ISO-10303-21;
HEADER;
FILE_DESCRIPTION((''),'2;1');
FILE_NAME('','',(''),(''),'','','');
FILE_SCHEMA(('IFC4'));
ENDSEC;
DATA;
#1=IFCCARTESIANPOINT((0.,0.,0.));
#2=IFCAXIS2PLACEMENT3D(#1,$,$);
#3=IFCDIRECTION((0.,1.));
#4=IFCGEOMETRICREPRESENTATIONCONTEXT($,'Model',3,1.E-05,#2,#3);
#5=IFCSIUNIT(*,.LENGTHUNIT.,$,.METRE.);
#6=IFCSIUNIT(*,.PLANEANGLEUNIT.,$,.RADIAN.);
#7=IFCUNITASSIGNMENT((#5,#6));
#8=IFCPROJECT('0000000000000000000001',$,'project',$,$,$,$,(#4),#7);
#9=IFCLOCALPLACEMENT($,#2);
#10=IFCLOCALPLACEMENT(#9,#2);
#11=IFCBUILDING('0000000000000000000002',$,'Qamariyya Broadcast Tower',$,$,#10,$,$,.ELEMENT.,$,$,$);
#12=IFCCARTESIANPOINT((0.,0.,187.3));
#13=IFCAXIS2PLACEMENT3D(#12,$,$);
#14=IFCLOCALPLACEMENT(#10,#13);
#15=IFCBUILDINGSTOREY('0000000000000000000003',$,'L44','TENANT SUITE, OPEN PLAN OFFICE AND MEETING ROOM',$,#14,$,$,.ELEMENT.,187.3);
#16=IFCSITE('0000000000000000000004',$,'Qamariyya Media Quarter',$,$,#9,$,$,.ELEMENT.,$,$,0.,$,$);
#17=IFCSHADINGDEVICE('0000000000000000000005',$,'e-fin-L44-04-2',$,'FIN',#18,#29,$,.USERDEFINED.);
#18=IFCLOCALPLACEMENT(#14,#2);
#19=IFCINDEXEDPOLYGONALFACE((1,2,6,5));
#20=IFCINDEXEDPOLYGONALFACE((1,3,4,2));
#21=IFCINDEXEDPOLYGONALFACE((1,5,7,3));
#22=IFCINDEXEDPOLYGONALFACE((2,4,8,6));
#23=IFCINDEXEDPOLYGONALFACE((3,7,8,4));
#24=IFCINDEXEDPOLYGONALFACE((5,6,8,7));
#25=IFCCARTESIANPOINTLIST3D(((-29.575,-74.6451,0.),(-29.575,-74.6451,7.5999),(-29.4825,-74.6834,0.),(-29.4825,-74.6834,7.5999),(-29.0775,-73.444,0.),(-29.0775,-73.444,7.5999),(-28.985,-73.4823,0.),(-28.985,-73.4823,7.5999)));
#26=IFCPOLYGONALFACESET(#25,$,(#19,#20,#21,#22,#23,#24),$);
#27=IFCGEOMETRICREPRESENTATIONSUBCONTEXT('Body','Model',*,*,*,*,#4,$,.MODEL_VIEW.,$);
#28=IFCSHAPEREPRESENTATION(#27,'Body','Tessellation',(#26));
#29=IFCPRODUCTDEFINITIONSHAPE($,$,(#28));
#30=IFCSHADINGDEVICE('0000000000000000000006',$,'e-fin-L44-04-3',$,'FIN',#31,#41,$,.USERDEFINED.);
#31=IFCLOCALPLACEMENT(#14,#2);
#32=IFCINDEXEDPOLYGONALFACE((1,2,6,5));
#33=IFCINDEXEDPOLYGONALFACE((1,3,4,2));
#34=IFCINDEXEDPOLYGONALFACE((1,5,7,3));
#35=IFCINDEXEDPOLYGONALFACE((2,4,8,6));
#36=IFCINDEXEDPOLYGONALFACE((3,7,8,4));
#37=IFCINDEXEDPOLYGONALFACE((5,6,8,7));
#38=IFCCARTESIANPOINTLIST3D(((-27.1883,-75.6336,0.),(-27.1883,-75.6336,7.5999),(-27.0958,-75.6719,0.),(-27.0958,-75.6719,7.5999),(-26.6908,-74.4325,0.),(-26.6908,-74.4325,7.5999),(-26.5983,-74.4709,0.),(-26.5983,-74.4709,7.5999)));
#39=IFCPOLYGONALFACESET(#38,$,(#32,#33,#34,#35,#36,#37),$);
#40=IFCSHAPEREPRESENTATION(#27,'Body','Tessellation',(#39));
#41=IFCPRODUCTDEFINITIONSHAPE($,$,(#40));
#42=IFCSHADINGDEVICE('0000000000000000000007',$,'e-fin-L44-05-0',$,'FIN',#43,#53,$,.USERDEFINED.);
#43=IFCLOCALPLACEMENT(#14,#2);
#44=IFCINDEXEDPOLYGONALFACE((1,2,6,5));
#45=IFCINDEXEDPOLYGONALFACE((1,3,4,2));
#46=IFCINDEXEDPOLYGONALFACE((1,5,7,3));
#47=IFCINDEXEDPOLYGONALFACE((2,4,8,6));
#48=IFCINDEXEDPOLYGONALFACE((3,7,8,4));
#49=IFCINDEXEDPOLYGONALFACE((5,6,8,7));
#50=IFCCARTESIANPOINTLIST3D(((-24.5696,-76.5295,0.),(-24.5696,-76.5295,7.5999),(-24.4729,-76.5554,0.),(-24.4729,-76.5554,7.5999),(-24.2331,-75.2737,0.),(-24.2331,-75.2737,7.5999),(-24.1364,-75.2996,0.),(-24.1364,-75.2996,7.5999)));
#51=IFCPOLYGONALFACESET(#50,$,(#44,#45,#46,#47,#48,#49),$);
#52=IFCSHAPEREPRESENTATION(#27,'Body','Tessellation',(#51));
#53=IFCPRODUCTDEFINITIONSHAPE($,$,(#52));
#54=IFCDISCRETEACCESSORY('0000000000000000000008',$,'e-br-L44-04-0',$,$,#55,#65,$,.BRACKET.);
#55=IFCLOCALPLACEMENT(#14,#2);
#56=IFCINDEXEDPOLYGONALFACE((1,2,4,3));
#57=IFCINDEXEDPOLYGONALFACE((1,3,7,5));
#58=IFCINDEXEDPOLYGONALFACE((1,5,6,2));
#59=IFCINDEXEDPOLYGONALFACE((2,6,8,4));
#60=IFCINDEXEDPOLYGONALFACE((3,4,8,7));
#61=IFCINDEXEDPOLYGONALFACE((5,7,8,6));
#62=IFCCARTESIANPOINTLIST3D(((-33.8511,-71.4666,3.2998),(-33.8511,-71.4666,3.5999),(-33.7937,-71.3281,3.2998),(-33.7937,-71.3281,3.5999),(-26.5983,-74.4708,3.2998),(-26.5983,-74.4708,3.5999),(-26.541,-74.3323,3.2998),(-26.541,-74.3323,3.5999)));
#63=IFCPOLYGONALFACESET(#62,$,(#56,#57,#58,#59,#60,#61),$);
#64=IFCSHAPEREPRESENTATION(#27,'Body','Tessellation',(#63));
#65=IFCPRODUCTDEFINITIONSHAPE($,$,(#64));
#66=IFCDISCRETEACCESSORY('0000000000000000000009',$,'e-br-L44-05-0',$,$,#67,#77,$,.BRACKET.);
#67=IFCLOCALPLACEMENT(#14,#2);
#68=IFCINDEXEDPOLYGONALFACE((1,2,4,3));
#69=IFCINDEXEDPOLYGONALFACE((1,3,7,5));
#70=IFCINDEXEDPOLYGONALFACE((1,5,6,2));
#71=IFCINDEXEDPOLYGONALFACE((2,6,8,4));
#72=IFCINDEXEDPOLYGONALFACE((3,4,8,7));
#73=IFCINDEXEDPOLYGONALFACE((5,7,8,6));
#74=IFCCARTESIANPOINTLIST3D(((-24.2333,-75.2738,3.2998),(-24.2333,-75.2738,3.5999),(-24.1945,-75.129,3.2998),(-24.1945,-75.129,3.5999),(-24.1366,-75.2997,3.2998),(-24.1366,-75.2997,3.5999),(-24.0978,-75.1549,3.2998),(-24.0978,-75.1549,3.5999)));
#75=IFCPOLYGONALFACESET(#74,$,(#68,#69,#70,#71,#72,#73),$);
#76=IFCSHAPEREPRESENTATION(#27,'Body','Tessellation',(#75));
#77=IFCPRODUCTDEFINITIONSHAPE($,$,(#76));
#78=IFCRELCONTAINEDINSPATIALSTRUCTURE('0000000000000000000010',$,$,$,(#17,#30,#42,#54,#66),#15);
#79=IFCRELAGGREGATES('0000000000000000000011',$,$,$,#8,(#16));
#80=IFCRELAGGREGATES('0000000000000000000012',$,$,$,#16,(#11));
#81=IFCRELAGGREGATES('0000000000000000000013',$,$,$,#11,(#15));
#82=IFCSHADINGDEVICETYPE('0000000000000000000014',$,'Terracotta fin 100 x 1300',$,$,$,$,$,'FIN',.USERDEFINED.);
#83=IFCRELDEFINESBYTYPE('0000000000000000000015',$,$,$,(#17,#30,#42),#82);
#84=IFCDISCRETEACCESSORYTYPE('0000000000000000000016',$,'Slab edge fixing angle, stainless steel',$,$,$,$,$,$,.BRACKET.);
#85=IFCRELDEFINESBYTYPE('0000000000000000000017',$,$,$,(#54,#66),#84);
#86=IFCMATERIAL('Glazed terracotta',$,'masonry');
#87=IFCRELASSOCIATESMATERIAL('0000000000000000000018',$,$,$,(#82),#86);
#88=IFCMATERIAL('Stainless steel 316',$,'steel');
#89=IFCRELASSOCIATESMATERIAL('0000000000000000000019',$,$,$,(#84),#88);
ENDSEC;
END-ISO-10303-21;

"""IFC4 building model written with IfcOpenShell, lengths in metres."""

from ifc_helpers import new_model, si_unit, direction, frame, origin, origin_2d, place, context, subcontext, project, spatial, rectangle, extrude, material, material_profile, profile_set, type_object, element, save


model = new_model("IFC4")

# Units and contexts
model_context = context("Model", 3, precision=1e-05, world=origin(), true_north=direction((0.0, 1.0)))
body_context = subcontext(model_context, "Body", "Model", "MODEL_VIEW")
ifc_project = project(units=[si_unit("LENGTHUNIT", "METRE"), si_unit("PLANEANGLEUNIT", "RADIAN")], contexts=[model_context])

# Site, building, storey
site_placement = place(None, origin())
site = spatial("IfcSite", under=ifc_project, at=site_placement, Name="Qamariyya Media Quarter", CompositionType="ELEMENT", RefElevation=0.0)
building_placement = place(site_placement, origin())
building = spatial("IfcBuilding", under=site, at=building_placement, Name="Qamariyya Broadcast Tower", CompositionType="ELEMENT")
storey_placement = place(building_placement, frame((0.0, 0.0, 187.3)))
storey = spatial("IfcBuildingStorey", under=building, at=storey_placement, Name="L44", Description="TENANT SUITE, OPEN PLAN OFFICE AND MEETING ROOM", CompositionType="ELEMENT", Elevation=187.3)

# Shading devices
ifc_material_1 = material(Name="Glazed terracotta", Category="masonry")
ifc_material_profile_1 = material_profile(ifc_material_1, rectangle(XDim=1.3, YDim=0.1001, at=origin_2d()))
ifc_profile_set_1 = profile_set([ifc_material_profile_1], Name="Glazed terracotta")
shading_device_type_1 = type_object("IfcShadingDeviceType", Name="Terracotta fin 100 x 1300", ElementType="FIN", PredefinedType="USERDEFINED", material=ifc_profile_set_1)
for number, where, z_axis, x_axis, name in (
    (1, (-29.28, -74.0637, 0.0), (0.0, 0.0, 1.0), (-0.382683, -0.92388, 0.0), "e-fin-L44-04-2"),
    (2, (-26.8933, -75.0522, 0.0), (0.0, 0.0, 1.0), (-0.382683, -0.92388, 0.0), "e-fin-L44-04-3"),
    (3, (-24.353, -75.9146, 0.0), (0.0, 0.0, 1.0), (-0.258819, -0.965926, 0.0), "e-fin-L44-05-0"),
):
    element("IfcShadingDevice", number, at=place(storey_placement, frame(where, z_axis=z_axis, x_axis=x_axis)), inside=storey, type_object=shading_device_type_1, Name=name, ObjectType="FIN", PredefinedType="USERDEFINED", context=body_context, shape_type="SweptSolid", body=[
        extrude(rectangle(XDim=1.3, YDim=0.1001, at=origin_2d()), origin(), (0.0, 0.0, 1.0), 7.5999),
    ])

# Discrete accessories
ifc_material_2 = material(Name="Stainless steel 316", Category="steel")
discrete_accessory_type = type_object("IfcDiscreteAccessoryType", Name="Slab edge fixing angle, stainless steel", PredefinedType="BRACKET", material=ifc_material_2)
discrete_accessory_1_placement = place(storey_placement, frame((-30.196, -72.8994, 3.2998), z_axis=(0.0, 0.0, 1.0), x_axis=(0.92388, -0.382683, 0.0)))
element("IfcDiscreteAccessory", 4, at=discrete_accessory_1_placement, inside=storey, type_object=discrete_accessory_type, Name="e-br-L44-04-0", PredefinedType="BRACKET", context=body_context, shape_type="SweptSolid", body=[
    extrude(rectangle(XDim=7.8503, YDim=0.1499, at=origin_2d()), origin(), (0.0, 0.0, 1.0), 0.3),
])
discrete_accessory_2_placement = place(storey_placement, frame((-24.1655, -75.2144, 3.2998), z_axis=(0.0, 0.0, 1.0), x_axis=(0.965926, -0.258819, 0.0)))
element("IfcDiscreteAccessory", 5, at=discrete_accessory_2_placement, inside=storey, type_object=discrete_accessory_type, Name="e-br-L44-05-0", PredefinedType="BRACKET", context=body_context, shape_type="SweptSolid", body=[
    extrude(rectangle(XDim=0.1001, YDim=0.1499, at=origin_2d()), origin(), (0.0, 0.0, 1.0), 0.3),
])

save(model, "model.ifc")
